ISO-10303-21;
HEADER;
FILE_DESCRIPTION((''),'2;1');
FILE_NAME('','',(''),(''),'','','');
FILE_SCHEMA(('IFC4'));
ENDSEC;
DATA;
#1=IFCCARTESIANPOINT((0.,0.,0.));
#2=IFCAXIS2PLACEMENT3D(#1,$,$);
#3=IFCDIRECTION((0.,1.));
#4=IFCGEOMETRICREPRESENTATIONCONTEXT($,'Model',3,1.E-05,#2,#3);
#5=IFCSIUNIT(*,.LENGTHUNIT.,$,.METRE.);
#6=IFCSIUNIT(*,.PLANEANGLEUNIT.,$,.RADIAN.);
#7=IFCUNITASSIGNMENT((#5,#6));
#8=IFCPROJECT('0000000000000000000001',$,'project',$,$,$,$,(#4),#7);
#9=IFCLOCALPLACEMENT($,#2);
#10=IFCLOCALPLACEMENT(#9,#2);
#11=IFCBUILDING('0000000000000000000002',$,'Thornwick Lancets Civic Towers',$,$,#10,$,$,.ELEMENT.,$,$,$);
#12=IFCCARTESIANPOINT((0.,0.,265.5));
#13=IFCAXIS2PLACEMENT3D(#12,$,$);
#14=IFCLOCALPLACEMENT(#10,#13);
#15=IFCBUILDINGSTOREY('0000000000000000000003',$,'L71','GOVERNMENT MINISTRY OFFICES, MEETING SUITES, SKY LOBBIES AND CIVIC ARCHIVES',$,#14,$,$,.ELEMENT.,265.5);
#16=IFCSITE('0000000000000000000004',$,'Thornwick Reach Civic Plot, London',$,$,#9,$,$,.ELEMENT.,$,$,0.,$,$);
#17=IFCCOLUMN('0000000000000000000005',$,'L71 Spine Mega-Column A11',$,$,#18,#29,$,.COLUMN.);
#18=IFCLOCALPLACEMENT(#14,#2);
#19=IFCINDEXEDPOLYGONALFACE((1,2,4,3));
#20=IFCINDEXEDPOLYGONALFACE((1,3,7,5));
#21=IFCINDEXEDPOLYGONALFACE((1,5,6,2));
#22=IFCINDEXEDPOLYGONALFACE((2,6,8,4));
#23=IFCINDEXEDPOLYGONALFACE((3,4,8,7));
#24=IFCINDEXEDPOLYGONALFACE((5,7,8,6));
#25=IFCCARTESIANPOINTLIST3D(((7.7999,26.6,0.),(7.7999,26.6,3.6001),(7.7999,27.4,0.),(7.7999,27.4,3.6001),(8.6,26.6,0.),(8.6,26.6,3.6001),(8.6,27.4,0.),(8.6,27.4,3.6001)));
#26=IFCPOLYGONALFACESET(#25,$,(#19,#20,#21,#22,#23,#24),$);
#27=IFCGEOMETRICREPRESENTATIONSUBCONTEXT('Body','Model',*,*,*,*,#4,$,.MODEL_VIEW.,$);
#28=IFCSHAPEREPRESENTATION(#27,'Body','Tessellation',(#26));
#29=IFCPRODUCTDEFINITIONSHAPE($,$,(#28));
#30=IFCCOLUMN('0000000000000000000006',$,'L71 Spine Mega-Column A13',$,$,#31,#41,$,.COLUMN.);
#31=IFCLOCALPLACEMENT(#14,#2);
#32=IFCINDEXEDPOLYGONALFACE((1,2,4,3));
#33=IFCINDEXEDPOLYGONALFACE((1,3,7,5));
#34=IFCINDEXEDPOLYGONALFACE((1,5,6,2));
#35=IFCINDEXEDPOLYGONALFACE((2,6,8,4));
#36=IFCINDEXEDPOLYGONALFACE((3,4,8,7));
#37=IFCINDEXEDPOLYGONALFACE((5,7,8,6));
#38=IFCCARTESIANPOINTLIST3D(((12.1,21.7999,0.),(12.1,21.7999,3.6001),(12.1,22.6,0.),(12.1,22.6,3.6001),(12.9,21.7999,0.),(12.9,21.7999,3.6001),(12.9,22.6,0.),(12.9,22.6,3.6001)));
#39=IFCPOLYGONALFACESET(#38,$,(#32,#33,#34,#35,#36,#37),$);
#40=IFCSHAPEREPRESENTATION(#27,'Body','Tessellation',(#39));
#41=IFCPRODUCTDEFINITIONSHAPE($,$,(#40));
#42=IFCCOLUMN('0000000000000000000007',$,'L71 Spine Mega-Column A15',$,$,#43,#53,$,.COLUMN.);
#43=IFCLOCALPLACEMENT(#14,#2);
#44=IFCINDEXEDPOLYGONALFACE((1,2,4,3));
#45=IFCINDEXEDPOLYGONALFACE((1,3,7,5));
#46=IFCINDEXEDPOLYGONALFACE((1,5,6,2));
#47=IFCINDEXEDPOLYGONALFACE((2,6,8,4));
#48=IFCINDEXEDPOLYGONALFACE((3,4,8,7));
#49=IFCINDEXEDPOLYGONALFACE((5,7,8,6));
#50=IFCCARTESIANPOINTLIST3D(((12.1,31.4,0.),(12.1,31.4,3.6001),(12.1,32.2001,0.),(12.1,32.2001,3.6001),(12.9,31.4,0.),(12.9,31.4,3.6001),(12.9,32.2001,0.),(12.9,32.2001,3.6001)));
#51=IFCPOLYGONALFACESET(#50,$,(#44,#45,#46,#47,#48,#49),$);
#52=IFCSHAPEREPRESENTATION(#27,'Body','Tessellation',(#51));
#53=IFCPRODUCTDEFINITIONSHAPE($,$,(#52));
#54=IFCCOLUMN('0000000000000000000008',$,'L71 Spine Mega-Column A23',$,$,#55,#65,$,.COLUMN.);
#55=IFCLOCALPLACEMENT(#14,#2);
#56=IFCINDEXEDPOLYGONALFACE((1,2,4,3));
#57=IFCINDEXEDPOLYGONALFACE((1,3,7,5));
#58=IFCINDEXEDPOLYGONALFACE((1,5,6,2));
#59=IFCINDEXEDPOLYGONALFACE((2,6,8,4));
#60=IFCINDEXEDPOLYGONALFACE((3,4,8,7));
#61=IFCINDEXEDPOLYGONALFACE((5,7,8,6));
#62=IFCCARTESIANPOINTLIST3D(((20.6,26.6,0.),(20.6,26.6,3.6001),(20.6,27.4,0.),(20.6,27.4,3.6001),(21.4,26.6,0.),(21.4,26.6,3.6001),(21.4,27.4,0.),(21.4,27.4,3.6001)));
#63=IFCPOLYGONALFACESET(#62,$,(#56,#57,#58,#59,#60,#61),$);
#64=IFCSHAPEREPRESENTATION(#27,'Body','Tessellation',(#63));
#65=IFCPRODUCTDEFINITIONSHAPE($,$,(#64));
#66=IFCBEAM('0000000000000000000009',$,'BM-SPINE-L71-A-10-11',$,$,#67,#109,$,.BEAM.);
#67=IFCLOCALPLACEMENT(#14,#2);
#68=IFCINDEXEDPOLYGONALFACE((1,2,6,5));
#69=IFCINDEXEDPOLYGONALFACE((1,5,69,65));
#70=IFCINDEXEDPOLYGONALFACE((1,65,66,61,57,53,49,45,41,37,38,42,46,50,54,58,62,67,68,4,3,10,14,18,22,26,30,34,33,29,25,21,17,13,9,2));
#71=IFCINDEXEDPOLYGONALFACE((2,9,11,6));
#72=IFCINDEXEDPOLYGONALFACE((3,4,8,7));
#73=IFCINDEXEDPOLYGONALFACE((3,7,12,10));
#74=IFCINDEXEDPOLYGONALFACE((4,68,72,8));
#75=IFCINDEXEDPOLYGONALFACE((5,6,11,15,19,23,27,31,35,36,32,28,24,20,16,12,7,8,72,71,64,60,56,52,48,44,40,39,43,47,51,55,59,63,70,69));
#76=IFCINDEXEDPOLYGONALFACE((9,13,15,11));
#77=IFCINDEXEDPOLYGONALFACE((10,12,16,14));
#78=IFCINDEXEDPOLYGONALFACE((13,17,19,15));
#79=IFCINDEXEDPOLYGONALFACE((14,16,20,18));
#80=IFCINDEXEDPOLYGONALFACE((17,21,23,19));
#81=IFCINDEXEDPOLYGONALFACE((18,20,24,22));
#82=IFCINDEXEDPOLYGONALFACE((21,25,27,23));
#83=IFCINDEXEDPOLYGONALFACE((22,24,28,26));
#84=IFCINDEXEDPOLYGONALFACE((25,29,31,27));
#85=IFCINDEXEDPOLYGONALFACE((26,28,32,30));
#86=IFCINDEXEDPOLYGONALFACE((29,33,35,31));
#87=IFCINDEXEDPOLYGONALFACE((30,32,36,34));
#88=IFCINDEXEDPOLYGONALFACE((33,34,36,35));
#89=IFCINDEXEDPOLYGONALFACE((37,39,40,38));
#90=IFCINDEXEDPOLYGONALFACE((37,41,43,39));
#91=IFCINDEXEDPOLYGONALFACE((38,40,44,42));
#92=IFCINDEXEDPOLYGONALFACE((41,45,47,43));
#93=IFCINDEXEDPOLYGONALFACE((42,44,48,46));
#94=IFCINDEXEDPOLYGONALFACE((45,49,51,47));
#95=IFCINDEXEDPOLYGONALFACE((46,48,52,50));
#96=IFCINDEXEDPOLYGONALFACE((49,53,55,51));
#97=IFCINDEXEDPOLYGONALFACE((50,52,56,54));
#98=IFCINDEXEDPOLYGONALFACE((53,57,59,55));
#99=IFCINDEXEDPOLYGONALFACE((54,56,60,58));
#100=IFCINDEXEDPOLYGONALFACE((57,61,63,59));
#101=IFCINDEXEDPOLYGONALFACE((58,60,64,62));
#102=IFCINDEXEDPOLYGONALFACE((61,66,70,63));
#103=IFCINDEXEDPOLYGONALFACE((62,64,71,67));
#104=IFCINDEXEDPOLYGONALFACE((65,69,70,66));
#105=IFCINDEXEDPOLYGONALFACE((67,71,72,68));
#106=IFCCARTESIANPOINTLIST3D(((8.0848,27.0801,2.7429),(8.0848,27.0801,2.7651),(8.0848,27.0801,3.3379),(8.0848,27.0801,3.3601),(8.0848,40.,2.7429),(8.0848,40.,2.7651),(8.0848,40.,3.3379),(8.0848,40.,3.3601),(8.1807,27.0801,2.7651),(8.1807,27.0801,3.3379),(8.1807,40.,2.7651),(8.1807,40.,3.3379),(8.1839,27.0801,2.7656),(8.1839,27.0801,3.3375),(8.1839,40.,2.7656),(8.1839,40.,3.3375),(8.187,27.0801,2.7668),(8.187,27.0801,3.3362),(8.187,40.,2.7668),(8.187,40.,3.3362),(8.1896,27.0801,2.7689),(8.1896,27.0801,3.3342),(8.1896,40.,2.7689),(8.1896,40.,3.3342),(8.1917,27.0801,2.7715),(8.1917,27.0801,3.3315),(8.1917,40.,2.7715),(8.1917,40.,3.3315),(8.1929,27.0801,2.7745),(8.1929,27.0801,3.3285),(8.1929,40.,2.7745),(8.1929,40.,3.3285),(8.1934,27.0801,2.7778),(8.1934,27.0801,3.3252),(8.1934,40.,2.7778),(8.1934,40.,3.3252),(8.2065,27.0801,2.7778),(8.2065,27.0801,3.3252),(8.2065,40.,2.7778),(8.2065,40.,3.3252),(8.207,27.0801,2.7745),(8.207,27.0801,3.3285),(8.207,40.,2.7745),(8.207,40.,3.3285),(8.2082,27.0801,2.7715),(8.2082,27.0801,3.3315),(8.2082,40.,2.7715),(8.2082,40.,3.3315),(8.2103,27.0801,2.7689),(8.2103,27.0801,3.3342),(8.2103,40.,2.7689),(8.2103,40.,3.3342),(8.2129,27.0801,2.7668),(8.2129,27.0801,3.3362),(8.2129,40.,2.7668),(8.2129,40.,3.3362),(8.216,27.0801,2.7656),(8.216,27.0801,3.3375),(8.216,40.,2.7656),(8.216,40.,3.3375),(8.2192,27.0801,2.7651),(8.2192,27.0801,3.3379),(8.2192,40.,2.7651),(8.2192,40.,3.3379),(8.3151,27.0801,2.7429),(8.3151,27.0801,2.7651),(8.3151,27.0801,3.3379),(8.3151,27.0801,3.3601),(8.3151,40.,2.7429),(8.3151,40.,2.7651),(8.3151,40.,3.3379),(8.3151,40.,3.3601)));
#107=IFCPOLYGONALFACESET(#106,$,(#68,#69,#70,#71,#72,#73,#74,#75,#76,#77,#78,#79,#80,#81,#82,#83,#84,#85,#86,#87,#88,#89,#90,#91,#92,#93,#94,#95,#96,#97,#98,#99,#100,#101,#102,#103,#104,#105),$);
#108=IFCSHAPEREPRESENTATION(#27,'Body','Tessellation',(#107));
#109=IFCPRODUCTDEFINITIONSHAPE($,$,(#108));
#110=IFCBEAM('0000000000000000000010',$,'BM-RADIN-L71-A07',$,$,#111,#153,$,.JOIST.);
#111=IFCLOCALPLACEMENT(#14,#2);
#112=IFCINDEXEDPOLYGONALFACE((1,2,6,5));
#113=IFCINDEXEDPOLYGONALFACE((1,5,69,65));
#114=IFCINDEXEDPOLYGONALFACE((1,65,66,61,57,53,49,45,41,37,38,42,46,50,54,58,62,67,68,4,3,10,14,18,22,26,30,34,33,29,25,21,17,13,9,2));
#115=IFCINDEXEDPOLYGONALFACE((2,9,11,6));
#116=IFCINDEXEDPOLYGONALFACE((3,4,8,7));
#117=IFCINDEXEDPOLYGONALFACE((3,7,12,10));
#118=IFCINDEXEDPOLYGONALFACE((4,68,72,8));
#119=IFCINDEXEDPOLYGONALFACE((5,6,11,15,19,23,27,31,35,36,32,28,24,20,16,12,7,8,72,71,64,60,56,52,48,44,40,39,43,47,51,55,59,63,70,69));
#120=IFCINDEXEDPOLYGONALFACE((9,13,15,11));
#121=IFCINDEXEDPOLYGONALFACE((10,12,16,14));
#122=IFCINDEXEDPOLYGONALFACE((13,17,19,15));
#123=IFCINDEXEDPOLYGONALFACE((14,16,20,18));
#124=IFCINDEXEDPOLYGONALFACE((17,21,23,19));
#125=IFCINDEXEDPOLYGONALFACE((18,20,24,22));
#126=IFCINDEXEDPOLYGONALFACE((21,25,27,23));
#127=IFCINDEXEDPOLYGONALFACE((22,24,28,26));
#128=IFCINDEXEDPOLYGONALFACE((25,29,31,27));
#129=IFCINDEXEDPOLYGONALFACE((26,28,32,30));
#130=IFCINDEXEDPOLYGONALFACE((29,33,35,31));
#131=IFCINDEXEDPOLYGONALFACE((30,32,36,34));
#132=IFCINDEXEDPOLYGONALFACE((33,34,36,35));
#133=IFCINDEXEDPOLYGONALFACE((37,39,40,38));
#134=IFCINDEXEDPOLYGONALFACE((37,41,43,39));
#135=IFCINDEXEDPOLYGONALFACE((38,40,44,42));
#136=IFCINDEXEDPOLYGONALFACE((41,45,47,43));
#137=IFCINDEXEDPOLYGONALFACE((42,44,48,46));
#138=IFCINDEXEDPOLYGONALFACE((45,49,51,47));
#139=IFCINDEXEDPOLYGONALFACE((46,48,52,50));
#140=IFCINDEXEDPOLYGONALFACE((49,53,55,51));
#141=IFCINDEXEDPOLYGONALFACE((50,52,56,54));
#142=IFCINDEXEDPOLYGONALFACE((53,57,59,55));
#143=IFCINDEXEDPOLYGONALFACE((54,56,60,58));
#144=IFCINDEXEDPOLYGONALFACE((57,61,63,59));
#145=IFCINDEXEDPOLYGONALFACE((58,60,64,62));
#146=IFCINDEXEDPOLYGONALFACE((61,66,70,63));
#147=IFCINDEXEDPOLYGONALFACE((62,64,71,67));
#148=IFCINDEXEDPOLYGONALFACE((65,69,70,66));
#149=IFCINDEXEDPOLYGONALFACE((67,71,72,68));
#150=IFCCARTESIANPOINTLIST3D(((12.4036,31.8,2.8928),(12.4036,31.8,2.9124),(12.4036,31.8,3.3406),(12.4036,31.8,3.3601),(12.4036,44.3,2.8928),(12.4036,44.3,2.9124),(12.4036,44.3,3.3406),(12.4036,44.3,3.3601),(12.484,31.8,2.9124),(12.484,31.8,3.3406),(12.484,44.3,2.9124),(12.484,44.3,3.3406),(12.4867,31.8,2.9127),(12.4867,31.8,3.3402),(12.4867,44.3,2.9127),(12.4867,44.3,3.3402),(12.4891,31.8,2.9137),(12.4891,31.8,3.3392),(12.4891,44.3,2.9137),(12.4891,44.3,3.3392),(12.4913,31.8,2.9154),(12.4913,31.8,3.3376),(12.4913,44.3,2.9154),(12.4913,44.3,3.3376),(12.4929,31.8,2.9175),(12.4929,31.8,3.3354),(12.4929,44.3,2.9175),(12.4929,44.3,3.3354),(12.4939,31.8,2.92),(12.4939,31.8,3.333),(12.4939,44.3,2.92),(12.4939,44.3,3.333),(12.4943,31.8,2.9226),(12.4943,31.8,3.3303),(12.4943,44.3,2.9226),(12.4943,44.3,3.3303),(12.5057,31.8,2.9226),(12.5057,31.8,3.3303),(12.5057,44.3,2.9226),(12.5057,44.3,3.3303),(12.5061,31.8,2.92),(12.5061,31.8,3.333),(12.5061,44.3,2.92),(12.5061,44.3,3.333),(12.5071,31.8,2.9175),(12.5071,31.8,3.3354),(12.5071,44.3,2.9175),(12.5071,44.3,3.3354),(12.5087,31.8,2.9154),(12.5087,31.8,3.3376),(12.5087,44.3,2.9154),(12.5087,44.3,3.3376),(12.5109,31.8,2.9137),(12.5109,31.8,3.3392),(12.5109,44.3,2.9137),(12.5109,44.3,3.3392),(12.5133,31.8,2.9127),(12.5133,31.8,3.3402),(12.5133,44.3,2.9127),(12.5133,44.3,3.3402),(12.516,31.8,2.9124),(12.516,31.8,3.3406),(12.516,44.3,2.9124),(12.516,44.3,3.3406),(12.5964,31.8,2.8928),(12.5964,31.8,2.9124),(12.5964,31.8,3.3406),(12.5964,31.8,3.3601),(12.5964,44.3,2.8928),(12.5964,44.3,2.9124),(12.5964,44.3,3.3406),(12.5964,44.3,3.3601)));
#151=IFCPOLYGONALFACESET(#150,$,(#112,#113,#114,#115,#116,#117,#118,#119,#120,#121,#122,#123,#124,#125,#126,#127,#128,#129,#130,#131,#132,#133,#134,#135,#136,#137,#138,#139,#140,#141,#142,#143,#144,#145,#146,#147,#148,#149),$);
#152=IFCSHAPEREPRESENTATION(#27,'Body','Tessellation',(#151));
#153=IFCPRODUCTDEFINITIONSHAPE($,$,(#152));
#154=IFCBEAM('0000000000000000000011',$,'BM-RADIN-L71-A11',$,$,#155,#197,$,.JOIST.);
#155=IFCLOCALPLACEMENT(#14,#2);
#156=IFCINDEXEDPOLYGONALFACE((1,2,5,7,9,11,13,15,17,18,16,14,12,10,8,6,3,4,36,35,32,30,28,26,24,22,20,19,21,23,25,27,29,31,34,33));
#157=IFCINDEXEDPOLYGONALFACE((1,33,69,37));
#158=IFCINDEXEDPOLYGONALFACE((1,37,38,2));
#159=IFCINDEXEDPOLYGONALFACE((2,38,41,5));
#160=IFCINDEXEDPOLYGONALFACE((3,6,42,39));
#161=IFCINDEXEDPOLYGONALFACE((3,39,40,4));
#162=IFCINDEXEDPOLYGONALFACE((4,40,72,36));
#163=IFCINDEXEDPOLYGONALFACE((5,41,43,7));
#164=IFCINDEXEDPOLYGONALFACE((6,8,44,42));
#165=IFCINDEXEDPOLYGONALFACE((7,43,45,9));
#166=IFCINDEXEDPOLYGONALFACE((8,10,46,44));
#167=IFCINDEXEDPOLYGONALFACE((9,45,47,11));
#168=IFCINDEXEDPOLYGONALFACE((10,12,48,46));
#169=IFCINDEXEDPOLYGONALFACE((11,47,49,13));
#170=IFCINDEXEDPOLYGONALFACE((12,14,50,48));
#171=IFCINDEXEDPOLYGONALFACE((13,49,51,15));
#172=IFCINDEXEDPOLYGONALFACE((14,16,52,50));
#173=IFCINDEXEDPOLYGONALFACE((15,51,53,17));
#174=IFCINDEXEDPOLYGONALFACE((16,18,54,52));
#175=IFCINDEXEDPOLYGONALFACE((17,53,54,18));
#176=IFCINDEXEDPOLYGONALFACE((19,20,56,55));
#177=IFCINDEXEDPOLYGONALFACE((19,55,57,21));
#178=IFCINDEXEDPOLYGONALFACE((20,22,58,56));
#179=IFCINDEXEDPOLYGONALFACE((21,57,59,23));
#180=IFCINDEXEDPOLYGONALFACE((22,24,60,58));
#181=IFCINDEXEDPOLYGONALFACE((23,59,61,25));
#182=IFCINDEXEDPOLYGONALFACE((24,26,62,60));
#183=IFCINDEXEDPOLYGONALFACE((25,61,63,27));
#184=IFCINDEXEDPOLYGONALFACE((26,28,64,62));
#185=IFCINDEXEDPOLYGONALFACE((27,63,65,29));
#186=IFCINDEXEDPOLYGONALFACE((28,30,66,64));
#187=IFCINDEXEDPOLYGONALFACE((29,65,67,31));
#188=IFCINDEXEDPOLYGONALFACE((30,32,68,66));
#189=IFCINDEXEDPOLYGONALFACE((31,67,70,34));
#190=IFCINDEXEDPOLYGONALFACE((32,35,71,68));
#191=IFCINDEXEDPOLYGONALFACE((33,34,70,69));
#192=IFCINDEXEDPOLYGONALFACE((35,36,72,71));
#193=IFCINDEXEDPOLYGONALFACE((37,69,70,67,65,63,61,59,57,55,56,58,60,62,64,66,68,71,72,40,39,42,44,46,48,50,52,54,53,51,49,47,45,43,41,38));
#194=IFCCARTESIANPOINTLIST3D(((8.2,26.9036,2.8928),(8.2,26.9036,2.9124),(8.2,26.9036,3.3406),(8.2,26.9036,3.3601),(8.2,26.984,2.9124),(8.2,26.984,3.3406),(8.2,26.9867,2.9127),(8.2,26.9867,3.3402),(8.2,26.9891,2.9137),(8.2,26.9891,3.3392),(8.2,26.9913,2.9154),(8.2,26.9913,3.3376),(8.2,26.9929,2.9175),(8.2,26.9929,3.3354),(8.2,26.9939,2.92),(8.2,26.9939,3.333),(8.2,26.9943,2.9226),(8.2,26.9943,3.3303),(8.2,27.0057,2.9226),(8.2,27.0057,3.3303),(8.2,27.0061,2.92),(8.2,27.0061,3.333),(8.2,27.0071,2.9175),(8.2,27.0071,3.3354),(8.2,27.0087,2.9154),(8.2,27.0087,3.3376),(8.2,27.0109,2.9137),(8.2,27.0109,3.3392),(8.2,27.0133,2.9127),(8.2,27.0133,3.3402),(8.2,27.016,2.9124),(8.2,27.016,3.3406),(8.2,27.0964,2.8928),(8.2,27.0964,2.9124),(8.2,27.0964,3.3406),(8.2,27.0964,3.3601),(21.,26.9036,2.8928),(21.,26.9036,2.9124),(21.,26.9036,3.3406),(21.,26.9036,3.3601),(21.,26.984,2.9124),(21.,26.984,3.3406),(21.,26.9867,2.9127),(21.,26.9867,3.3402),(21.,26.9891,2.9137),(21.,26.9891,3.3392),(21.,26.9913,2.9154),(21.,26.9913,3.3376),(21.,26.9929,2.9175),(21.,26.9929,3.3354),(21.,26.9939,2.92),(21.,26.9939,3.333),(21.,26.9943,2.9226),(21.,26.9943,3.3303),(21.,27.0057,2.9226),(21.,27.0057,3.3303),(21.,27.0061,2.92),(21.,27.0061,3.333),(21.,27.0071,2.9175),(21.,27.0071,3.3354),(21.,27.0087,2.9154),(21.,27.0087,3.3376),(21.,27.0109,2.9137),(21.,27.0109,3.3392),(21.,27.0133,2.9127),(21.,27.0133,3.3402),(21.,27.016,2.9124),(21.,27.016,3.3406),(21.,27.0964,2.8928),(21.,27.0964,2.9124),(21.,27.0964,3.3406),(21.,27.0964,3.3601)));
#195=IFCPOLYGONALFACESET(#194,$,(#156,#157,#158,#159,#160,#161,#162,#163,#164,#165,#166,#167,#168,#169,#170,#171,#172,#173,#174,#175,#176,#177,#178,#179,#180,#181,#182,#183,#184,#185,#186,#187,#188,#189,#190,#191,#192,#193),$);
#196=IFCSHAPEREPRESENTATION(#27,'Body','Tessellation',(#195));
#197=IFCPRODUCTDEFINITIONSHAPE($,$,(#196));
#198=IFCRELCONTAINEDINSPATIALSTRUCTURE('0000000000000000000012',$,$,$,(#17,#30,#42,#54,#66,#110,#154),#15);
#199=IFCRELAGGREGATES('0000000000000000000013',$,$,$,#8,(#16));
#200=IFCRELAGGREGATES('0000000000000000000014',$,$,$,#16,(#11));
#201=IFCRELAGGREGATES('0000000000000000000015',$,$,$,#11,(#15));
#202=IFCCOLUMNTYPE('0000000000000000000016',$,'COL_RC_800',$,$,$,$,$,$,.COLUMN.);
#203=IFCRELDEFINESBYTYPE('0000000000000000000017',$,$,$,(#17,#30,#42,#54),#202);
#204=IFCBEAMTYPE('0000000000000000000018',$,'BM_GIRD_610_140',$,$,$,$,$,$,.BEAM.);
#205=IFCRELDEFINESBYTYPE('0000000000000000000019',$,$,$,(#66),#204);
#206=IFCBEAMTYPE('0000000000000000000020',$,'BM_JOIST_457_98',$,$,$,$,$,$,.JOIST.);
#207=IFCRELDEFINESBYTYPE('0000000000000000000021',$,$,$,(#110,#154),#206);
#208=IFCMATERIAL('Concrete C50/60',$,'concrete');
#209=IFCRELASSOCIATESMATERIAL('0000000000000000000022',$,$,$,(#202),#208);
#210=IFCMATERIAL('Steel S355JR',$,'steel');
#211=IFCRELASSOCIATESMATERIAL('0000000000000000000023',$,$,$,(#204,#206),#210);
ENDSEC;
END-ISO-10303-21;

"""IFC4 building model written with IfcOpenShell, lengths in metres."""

from ifc_helpers import new_model, si_unit, direction, frame, origin, origin_2d, place, context, subcontext, project, spatial, rectangle, i_section, extrude, material, material_profile, profile_set, type_object, element, save


model = new_model("IFC4")

# Units and contexts
model_context = context("Model", 3, precision=1e-05, world=origin(), true_north=direction((0.0, 1.0)))
body_context = subcontext(model_context, "Body", "Model", "MODEL_VIEW")
ifc_project = project(units=[si_unit("LENGTHUNIT", "METRE"), si_unit("PLANEANGLEUNIT", "RADIAN")], contexts=[model_context])

# Site, building, storey
site_placement = place(None, origin())
site = spatial("IfcSite", under=ifc_project, at=site_placement, Name="Thornwick Reach Civic Plot, London", CompositionType="ELEMENT", RefElevation=0.0)
building_placement = place(site_placement, origin())
building = spatial("IfcBuilding", under=site, at=building_placement, Name="Thornwick Lancets Civic Towers", CompositionType="ELEMENT")
storey_placement = place(building_placement, frame((0.0, 0.0, 265.5)))
storey = spatial("IfcBuildingStorey", under=building, at=storey_placement, Name="L71", Description="GOVERNMENT MINISTRY OFFICES, MEETING SUITES, SKY LOBBIES AND CIVIC ARCHIVES", CompositionType="ELEMENT", Elevation=265.5)

# Columns
ifc_material_1 = material(Name="Concrete C50/60", Category="concrete")
ifc_material_profile_1 = material_profile(ifc_material_1, rectangle(XDim=0.8, YDim=0.8, at=origin_2d()), Name="RC 800x800")
ifc_profile_set_1 = profile_set([ifc_material_profile_1], Name="Concrete C50/60")
column_type = type_object("IfcColumnType", Name="COL_RC_800", PredefinedType="COLUMN", material=ifc_profile_set_1)
for number, where, z_axis, x_axis, name in (
    (1, (8.2, 27.0, 0.0), (0.0, 0.0, 1.0), (1.0, 0.0, 0.0), "L71 Spine Mega-Column A11"),
    (2, (12.5, 22.2, 0.0), (0.0, 0.0, 1.0), (1.0, 0.0, 0.0), "L71 Spine Mega-Column A13"),
    (3, (12.5, 31.8, 0.0), (0.0, 0.0, 1.0), (1.0, 0.0, 0.0), "L71 Spine Mega-Column A15"),
    (4, (21.0, 27.0, 0.0), (0.0, 0.0, 1.0), (1.0, 0.0, 0.0), "L71 Spine Mega-Column A23"),
):
    element("IfcColumn", number, at=place(storey_placement, frame(where, z_axis=z_axis, x_axis=x_axis)), inside=storey, type_object=column_type, Name=name, PredefinedType="COLUMN", context=body_context, shape_type="SweptSolid", body=[
        extrude(rectangle(XDim=0.8, YDim=0.8, at=origin_2d()), origin(), (0.0, 0.0, 1.0), 3.6001),
    ])

# Beams
ifc_material_2 = material(Name="Steel S355JR", Category="steel")
ifc_material_profile_2 = material_profile(ifc_material_2, i_section(OverallWidth=0.2302, OverallDepth=0.6172, WebThickness=0.0132, FlangeThickness=0.0222, FilletRadius=0.0127, at=origin_2d()), Name="UKB 610x229x140")
ifc_profile_set_2 = profile_set([ifc_material_profile_2], Name="Steel S355JR")
beam_type_1 = type_object("IfcBeamType", Name="BM_GIRD_610_140", PredefinedType="BEAM", material=ifc_profile_set_2)
beam_1_placement = place(storey_placement, frame((8.2, 27.0801, 3.0515), z_axis=(0.0, 1.0, 0.0), x_axis=(-1.0, 0.0, 0.0)))
element("IfcBeam", 5, at=beam_1_placement, inside=storey, type_object=beam_type_1, Name="BM-SPINE-L71-A-10-11", PredefinedType="BEAM", context=body_context, shape_type="SweptSolid", body=[
    extrude(i_section(OverallWidth=0.2302, OverallDepth=0.6172, WebThickness=0.0132, FlangeThickness=0.0222, FilletRadius=0.0127, at=origin_2d()), origin(), (0.0, 0.0, 1.0), 12.9199),
])
ifc_material_profile_3 = material_profile(ifc_material_2, i_section(OverallWidth=0.1929, OverallDepth=0.4673, WebThickness=0.0115, FlangeThickness=0.0195, FilletRadius=0.0103, at=origin_2d()), Name="UKB 457x191x98")
ifc_profile_set_3 = profile_set([ifc_material_profile_3], Name="Steel S355JR")
beam_type_2 = type_object("IfcBeamType", Name="BM_JOIST_457_98", PredefinedType="JOIST", material=ifc_profile_set_3)
beam_2_placement = place(storey_placement, frame((12.5, 31.8, 3.1265), z_axis=(0.0, 1.0, 0.0), x_axis=(-1.0, 0.0, 0.0)))
element("IfcBeam", 6, at=beam_2_placement, inside=storey, type_object=beam_type_2, Name="BM-RADIN-L71-A07", PredefinedType="JOIST", context=body_context, shape_type="SweptSolid", body=[
    extrude(i_section(OverallWidth=0.1929, OverallDepth=0.4673, WebThickness=0.0115, FlangeThickness=0.0195, FilletRadius=0.0103, at=origin_2d()), origin(), (0.0, 0.0, 1.0), 12.5),
])
beam_3_placement = place(storey_placement, frame((21.0, 27.0, 3.1265), z_axis=(-1.0, 0.0, 0.0), x_axis=(0.0, -1.0, 0.0)))
element("IfcBeam", 7, at=beam_3_placement, inside=storey, type_object=beam_type_2, Name="BM-RADIN-L71-A11", PredefinedType="JOIST", context=body_context, shape_type="SweptSolid", body=[
    extrude(i_section(OverallWidth=0.1929, OverallDepth=0.4673, WebThickness=0.0115, FlangeThickness=0.0195, FilletRadius=0.0103, at=origin_2d()), origin(), (0.0, 0.0, 1.0), 12.8),
])

save(model, "model.ifc")
